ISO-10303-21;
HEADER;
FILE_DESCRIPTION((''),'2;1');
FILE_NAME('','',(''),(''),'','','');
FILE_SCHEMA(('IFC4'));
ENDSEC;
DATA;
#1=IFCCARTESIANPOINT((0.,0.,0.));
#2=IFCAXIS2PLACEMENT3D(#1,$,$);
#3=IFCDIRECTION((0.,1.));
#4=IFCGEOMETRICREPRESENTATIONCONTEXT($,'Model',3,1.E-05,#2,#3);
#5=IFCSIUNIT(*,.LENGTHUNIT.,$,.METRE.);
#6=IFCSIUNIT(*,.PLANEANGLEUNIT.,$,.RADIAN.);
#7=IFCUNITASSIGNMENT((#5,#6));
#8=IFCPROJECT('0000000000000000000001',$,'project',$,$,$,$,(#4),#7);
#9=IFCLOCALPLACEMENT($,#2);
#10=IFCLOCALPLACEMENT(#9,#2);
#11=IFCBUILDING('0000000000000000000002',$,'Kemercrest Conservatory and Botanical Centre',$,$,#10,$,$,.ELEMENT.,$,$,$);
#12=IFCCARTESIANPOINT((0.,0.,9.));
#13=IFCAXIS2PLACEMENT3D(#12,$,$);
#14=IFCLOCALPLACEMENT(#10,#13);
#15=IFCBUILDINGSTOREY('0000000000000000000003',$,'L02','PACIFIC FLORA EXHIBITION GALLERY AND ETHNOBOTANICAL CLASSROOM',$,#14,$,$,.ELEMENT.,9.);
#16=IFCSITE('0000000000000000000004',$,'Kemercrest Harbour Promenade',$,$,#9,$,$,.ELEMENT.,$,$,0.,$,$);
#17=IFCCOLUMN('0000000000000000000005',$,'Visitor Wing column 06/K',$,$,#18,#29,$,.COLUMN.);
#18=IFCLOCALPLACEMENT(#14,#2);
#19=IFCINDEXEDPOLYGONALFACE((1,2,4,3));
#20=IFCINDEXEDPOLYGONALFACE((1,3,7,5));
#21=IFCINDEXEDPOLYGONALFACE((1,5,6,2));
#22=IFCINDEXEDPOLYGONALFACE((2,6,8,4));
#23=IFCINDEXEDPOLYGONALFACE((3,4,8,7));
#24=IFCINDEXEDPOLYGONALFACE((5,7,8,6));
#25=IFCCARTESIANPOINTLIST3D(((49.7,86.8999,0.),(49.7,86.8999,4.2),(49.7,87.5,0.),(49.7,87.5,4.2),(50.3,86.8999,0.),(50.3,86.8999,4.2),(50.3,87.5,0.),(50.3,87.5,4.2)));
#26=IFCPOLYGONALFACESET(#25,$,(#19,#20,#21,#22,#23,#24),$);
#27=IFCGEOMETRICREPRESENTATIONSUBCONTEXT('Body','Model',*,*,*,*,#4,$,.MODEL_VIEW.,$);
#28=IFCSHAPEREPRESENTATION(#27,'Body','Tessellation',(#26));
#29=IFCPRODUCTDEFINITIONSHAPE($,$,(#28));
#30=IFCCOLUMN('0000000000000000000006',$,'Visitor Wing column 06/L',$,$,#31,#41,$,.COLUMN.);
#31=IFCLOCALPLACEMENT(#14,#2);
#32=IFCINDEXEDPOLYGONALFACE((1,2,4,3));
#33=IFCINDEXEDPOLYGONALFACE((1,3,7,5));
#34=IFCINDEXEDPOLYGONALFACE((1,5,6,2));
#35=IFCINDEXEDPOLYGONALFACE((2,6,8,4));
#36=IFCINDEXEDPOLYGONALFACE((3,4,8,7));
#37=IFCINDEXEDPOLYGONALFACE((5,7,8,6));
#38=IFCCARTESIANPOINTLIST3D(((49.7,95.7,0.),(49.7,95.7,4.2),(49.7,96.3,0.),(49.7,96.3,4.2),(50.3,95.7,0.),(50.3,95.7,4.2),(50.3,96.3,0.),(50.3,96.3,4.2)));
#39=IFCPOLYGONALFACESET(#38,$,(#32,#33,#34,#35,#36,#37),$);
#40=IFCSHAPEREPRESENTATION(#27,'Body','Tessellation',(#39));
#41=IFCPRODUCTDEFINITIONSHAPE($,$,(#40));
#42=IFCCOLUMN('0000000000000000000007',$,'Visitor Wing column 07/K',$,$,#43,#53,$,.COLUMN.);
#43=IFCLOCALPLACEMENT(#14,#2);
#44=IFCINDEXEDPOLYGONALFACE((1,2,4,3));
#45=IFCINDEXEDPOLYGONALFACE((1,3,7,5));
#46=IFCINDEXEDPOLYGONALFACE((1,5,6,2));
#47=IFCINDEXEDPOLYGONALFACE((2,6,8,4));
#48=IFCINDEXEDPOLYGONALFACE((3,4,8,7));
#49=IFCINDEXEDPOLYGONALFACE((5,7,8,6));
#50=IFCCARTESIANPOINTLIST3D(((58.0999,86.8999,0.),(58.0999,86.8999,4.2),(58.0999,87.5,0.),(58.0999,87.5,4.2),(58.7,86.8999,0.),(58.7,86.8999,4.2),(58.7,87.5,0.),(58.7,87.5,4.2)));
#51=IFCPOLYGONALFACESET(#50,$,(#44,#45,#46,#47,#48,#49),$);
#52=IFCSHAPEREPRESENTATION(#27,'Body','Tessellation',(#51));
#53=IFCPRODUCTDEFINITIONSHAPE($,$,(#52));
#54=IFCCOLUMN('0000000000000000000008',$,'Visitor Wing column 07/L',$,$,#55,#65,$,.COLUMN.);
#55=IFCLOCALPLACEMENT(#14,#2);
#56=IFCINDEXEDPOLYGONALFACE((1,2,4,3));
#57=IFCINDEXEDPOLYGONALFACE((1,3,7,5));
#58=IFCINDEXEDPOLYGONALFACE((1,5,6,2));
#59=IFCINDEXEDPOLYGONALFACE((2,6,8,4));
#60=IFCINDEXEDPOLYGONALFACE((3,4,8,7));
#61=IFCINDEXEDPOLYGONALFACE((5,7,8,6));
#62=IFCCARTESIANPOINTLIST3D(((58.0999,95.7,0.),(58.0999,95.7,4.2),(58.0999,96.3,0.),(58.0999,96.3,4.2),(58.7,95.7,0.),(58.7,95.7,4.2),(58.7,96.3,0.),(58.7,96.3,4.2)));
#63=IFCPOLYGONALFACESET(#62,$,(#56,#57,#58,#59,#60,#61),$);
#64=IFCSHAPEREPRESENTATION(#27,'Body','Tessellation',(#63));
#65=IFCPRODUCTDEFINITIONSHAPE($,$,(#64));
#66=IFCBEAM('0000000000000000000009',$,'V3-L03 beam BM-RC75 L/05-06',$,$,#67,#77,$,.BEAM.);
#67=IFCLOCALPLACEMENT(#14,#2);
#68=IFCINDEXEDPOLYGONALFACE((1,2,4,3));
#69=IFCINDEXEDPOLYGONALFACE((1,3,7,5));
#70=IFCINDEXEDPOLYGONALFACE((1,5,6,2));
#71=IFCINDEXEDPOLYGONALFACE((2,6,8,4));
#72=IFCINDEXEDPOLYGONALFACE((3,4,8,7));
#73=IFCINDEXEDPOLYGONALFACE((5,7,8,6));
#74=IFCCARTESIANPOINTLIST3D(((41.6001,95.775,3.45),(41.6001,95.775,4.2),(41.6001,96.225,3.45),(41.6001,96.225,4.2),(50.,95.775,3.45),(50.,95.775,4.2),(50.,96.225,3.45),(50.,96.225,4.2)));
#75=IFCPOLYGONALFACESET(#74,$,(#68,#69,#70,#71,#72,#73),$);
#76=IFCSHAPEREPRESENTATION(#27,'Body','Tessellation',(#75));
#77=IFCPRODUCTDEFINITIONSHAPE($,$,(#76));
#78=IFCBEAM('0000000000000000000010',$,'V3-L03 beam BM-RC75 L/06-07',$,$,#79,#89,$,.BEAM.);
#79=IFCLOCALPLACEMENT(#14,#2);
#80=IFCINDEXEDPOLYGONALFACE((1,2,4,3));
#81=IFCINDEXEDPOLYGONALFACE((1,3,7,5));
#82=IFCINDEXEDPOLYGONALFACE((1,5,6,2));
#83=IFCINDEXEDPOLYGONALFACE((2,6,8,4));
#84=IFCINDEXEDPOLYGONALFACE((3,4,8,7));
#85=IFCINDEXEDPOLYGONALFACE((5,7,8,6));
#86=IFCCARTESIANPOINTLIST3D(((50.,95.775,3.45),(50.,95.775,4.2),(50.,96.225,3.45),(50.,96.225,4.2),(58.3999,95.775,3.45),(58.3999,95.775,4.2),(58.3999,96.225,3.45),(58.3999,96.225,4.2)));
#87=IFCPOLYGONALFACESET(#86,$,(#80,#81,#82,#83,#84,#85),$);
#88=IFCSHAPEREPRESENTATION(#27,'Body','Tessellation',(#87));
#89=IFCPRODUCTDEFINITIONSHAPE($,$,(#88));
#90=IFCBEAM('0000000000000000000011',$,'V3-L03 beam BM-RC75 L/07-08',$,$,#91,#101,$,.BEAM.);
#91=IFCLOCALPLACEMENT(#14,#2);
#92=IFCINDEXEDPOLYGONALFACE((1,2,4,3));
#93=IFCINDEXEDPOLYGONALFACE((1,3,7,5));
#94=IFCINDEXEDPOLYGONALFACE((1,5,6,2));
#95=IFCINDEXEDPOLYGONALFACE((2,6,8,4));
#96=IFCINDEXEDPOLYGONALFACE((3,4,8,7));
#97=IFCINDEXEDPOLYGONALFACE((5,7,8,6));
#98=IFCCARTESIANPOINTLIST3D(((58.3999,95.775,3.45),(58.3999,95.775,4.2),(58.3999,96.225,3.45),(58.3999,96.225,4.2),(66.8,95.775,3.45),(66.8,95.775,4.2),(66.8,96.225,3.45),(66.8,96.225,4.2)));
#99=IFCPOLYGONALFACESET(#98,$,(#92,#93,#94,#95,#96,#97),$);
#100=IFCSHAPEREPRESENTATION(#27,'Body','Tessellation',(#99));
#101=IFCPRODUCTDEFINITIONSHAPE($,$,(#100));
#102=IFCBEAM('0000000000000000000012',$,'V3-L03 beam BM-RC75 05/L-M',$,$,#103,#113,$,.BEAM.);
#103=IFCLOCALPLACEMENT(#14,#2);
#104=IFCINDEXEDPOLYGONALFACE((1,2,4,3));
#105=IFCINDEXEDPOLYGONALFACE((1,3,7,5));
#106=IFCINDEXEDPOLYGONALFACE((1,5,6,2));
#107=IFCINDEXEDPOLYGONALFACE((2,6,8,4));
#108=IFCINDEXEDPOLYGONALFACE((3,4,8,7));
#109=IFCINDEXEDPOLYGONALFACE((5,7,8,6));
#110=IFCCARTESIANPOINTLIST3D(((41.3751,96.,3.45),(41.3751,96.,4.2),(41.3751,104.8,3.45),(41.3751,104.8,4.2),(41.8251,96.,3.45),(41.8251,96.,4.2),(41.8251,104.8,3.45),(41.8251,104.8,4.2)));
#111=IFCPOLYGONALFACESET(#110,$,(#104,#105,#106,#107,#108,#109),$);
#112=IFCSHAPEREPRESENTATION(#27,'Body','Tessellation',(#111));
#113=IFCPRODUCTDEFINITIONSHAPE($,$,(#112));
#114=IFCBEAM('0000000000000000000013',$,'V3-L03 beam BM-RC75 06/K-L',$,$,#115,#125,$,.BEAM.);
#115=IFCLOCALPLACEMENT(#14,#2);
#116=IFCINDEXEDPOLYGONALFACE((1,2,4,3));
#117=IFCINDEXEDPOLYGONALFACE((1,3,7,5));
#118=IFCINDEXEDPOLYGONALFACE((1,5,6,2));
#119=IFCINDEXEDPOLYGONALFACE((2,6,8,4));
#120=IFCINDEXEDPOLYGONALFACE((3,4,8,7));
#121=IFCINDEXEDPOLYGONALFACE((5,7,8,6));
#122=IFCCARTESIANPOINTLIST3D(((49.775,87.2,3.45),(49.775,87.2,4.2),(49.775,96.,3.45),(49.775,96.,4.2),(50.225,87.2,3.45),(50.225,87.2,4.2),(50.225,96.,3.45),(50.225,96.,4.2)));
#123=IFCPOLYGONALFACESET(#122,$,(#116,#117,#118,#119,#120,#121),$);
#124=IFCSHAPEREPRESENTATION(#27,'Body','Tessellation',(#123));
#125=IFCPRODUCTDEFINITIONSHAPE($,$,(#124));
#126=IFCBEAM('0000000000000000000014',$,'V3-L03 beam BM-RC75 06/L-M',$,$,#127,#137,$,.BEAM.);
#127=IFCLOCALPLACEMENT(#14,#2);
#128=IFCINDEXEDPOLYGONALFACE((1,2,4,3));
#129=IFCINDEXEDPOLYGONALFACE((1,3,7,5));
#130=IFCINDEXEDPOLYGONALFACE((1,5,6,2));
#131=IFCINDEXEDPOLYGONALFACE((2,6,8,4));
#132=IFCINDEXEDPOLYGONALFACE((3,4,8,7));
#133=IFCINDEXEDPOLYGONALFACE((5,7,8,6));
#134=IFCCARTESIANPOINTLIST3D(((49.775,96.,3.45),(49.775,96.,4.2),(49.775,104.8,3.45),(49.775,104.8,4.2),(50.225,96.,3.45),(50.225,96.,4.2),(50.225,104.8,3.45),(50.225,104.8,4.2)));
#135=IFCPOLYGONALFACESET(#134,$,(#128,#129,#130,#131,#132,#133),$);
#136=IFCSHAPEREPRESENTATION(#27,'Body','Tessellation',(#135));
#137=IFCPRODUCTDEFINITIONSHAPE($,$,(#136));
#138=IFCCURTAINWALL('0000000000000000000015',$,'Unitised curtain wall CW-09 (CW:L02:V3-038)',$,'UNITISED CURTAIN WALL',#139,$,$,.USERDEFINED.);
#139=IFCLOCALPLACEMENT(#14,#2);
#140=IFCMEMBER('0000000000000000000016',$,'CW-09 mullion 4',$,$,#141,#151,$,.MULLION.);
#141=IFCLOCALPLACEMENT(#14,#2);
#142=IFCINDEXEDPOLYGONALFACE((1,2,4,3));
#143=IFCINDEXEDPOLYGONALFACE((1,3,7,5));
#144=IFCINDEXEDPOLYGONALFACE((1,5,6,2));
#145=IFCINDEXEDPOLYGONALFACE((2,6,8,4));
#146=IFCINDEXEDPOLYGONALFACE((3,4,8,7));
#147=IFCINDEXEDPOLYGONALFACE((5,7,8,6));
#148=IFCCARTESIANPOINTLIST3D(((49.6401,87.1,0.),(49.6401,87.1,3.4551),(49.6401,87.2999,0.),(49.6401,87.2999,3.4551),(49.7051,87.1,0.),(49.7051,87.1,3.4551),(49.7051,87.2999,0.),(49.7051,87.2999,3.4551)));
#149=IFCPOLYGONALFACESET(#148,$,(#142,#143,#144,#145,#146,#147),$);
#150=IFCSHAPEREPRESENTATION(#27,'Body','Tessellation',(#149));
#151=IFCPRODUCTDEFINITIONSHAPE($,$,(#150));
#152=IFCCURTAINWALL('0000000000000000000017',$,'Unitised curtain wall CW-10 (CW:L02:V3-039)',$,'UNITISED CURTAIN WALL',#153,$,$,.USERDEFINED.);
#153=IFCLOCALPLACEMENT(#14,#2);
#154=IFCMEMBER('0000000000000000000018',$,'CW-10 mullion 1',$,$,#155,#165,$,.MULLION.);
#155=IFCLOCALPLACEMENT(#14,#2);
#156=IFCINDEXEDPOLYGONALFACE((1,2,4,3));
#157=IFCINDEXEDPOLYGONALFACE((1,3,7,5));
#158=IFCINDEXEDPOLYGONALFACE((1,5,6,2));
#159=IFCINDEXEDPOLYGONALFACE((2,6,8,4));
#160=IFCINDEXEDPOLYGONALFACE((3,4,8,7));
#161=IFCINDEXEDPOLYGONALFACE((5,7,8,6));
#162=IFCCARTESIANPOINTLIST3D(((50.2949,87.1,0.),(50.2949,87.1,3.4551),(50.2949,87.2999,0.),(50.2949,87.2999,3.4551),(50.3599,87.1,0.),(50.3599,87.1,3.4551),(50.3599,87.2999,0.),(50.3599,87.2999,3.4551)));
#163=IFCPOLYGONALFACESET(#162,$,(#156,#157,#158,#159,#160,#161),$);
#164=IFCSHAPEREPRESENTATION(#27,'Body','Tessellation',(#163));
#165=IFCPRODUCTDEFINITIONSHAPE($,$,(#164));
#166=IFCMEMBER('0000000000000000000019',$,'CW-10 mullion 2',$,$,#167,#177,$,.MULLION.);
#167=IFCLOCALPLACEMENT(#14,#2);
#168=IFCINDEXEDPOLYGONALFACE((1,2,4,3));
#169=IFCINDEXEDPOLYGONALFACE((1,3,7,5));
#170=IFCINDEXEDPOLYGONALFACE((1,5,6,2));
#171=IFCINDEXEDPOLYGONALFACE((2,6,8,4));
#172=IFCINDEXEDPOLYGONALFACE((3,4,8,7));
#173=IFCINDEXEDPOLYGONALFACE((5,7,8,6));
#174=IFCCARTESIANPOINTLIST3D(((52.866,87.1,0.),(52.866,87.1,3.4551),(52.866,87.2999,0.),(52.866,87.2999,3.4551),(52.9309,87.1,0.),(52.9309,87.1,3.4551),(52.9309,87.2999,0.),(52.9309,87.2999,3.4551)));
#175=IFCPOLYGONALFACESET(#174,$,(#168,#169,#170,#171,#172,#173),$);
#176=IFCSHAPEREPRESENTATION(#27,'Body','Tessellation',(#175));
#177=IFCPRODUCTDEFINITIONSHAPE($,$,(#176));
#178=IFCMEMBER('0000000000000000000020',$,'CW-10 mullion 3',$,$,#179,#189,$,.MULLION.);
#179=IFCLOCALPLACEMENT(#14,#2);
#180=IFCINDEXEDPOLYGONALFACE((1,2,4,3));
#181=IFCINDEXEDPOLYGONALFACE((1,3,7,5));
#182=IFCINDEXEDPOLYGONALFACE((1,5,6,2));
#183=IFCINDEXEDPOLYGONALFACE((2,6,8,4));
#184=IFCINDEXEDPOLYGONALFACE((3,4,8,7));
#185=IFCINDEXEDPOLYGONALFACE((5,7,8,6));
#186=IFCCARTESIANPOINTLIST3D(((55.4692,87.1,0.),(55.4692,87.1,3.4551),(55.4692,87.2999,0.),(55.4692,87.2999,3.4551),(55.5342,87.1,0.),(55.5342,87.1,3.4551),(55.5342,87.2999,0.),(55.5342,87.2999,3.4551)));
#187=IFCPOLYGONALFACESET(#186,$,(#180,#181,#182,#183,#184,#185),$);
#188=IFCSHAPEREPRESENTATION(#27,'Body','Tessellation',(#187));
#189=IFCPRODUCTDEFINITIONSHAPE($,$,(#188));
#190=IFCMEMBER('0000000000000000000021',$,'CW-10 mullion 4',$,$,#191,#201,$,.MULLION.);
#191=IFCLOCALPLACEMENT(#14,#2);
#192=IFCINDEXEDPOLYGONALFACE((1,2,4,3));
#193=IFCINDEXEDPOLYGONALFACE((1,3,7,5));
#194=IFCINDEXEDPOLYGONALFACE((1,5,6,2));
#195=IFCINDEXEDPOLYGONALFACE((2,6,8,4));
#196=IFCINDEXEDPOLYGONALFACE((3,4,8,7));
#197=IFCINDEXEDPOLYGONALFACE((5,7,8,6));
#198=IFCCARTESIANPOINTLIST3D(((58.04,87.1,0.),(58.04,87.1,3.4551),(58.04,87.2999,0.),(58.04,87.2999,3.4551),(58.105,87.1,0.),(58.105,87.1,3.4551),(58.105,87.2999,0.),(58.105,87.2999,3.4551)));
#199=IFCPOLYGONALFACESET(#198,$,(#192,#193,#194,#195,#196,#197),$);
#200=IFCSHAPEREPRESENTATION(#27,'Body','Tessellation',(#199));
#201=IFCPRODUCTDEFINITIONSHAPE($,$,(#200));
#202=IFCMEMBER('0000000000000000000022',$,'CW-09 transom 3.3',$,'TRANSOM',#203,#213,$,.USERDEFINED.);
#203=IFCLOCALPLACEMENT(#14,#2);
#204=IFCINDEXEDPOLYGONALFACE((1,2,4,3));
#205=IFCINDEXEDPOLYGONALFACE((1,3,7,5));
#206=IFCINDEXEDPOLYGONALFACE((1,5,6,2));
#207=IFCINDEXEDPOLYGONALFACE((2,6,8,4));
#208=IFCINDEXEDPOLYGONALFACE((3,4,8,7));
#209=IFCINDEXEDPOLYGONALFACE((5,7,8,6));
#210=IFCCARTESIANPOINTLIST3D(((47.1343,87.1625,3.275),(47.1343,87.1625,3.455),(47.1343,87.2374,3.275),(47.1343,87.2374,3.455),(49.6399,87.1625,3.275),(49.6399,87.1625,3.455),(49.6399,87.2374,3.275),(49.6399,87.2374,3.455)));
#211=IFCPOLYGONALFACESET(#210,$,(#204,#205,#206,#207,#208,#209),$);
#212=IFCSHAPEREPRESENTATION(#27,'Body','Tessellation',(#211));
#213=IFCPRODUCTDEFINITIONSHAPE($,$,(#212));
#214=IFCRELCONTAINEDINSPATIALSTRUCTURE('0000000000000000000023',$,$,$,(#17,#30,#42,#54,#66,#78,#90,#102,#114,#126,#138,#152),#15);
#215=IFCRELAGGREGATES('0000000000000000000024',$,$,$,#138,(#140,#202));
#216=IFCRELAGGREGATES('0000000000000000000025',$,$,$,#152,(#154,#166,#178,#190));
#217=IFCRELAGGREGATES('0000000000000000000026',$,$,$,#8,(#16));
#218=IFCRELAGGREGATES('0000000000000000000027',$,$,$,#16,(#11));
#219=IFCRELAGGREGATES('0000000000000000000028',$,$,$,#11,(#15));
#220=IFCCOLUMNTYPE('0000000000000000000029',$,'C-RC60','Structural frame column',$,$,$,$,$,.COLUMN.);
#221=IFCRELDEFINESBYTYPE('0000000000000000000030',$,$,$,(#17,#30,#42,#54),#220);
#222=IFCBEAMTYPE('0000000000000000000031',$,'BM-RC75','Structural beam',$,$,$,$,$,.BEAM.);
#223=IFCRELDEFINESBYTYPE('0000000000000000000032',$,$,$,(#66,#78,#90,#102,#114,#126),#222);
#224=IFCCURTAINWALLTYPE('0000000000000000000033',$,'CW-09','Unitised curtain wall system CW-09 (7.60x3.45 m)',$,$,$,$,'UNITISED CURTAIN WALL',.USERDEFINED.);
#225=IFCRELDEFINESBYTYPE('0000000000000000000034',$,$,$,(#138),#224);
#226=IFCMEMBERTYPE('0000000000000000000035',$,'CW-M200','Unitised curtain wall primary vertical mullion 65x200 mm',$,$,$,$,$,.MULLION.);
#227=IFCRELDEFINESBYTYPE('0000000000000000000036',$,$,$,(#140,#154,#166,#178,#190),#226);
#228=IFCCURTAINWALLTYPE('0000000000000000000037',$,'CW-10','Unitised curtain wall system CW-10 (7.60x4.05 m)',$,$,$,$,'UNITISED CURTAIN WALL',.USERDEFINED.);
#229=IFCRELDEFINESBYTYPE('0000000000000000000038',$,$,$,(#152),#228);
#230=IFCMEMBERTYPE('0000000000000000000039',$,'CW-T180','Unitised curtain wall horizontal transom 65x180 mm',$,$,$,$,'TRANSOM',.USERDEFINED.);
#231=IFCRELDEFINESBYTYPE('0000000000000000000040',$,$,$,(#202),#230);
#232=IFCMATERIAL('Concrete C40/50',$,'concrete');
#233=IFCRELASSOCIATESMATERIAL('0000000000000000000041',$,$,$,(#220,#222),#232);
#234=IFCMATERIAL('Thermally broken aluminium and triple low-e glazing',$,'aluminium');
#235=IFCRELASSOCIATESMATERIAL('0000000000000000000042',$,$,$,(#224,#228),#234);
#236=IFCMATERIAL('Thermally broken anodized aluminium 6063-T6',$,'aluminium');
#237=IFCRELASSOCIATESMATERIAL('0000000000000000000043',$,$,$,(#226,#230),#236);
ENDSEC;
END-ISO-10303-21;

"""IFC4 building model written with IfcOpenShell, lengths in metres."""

from ifc_helpers import new_model, si_unit, direction, frame, origin, origin_2d, place, context, subcontext, project, spatial, rectangle, extrude, material, material_profile, profile_set, type_object, element, aggregate, save


model = new_model("IFC4")

# Units and contexts
model_context = context("Model", 3, precision=1e-05, world=origin(), true_north=direction((0.0, 1.0)))
body_context = subcontext(model_context, "Body", "Model", "MODEL_VIEW")
ifc_project = project(units=[si_unit("LENGTHUNIT", "METRE"), si_unit("PLANEANGLEUNIT", "RADIAN")], contexts=[model_context])

# Site, building, storey
site_placement = place(None, origin())
site = spatial("IfcSite", under=ifc_project, at=site_placement, Name="Kemercrest Harbour Promenade", CompositionType="ELEMENT", RefElevation=0.0)
building_placement = place(site_placement, origin())
building = spatial("IfcBuilding", under=site, at=building_placement, Name="Kemercrest Conservatory and Botanical Centre", CompositionType="ELEMENT")
storey_placement = place(building_placement, frame((0.0, 0.0, 9.0)))
storey = spatial("IfcBuildingStorey", under=building, at=storey_placement, Name="L02", Description="PACIFIC FLORA EXHIBITION GALLERY AND ETHNOBOTANICAL CLASSROOM", CompositionType="ELEMENT", Elevation=9.0)

# Columns
ifc_material_1 = material(Name="Concrete C40/50", Category="concrete")
ifc_material_profile_1 = material_profile(ifc_material_1, rectangle(XDim=0.6001, YDim=0.6001, at=origin_2d()), Name="RC 600x600")
ifc_profile_set_1 = profile_set([ifc_material_profile_1], Name="Concrete C40/50")
column_type = type_object("IfcColumnType", Name="C-RC60", Description="Structural frame column", PredefinedType="COLUMN", material=ifc_profile_set_1)
for number, where, z_axis, x_axis, name in (
    (1, (50.0, 87.2, 0.0), (0.0, 0.0, 1.0), (1.0, 0.0, 0.0), "Visitor Wing column 06/K"),
    (2, (50.0, 96.0, 0.0), (0.0, 0.0, 1.0), (1.0, 0.0, 0.0), "Visitor Wing column 06/L"),
    (3, (58.3999, 87.2, 0.0), (0.0, 0.0, 1.0), (1.0, 0.0, 0.0), "Visitor Wing column 07/K"),
    (4, (58.3999, 96.0, 0.0), (0.0, 0.0, 1.0), (1.0, 0.0, 0.0), "Visitor Wing column 07/L"),
):
    element("IfcColumn", number, at=place(storey_placement, frame(where, z_axis=z_axis, x_axis=x_axis)), inside=storey, type_object=column_type, Name=name, PredefinedType="COLUMN", context=body_context, shape_type="SweptSolid", body=[
        extrude(rectangle(XDim=0.6001, YDim=0.6001, at=origin_2d()), origin(), (0.0, 0.0, 1.0), 4.2),
    ])

# Beams
ifc_material_profile_2 = material_profile(ifc_material_1, rectangle(XDim=0.45, YDim=0.75, at=origin_2d()), Name="RC 450x750")
ifc_profile_set_2 = profile_set([ifc_material_profile_2], Name="Concrete C40/50")
beam_type_1 = type_object("IfcBeamType", Name="BM-RC75", Description="Structural beam", PredefinedType="BEAM", material=ifc_profile_set_2)
for number, where, z_axis, x_axis, name in (
    (5, (41.6001, 96.0, 3.825), (1.0, 0.0, 0.0), (0.0, 1.0, 0.0), "V3-L03 beam BM-RC75 L/05-06"),
    (6, (50.0, 96.0, 3.825), (1.0, 0.0, 0.0), (0.0, 1.0, 0.0), "V3-L03 beam BM-RC75 L/06-07"),
):
    element("IfcBeam", number, at=place(storey_placement, frame(where, z_axis=z_axis, x_axis=x_axis)), inside=storey, type_object=beam_type_1, Name=name, PredefinedType="BEAM", context=body_context, shape_type="SweptSolid", body=[
        extrude(rectangle(XDim=0.45, YDim=0.75, at=origin_2d()), origin(), (0.0, 0.0, 1.0), 8.3999),
    ])
beam_1_placement = place(storey_placement, frame((58.3999, 96.0, 3.825), z_axis=(1.0, 0.0, 0.0), x_axis=(0.0, 1.0, 0.0)))
element("IfcBeam", 7, at=beam_1_placement, inside=storey, type_object=beam_type_1, Name="V3-L03 beam BM-RC75 L/07-08", PredefinedType="BEAM", context=body_context, shape_type="SweptSolid", body=[
    extrude(rectangle(XDim=0.45, YDim=0.75, at=origin_2d()), origin(), (0.0, 0.0, 1.0), 8.4001),
])
for number, where, z_axis, x_axis, name in (
    (8, (41.6001, 96.0, 3.825), (0.0, 1.0, 0.0), (-1.0, 0.0, 0.0), "V3-L03 beam BM-RC75 05/L-M"),
    (9, (50.0, 87.2, 3.825), (0.0, 1.0, 0.0), (-1.0, 0.0, 0.0), "V3-L03 beam BM-RC75 06/K-L"),
    (10, (50.0, 96.0, 3.825), (0.0, 1.0, 0.0), (-1.0, 0.0, 0.0), "V3-L03 beam BM-RC75 06/L-M"),
):
    element("IfcBeam", number, at=place(storey_placement, frame(where, z_axis=z_axis, x_axis=x_axis)), inside=storey, type_object=beam_type_1, Name=name, PredefinedType="BEAM", context=body_context, shape_type="SweptSolid", body=[
        extrude(rectangle(XDim=0.45, YDim=0.75, at=origin_2d()), origin(), (0.0, 0.0, 1.0), 8.8),
    ])

# Curtain wall, member
ifc_material_2 = material(Name="Thermally broken aluminium and triple low-e glazing", Category="aluminium")
curtain_wall_type_1 = type_object("IfcCurtainWallType", Name="CW-09", Description="Unitised curtain wall system CW-09 (7.60x3.45 m)", ElementType="UNITISED CURTAIN WALL", PredefinedType="USERDEFINED", material=ifc_material_2)
curtain_wall_1_placement = place(storey_placement, origin())
curtain_wall_1 = element("IfcCurtainWall", 11, at=curtain_wall_1_placement, inside=storey, type_object=curtain_wall_type_1, Name="Unitised curtain wall CW-09 (CW:L02:V3-038)", ObjectType="UNITISED CURTAIN WALL", PredefinedType="USERDEFINED")
ifc_material_3 = material(Name="Thermally broken anodized aluminium 6063-T6", Category="aluminium")
ifc_material_profile_3 = material_profile(ifc_material_3, rectangle(XDim=0.2, YDim=0.0649, at=origin_2d()), Name="AL MULLION 65x200")
ifc_profile_set_3 = profile_set([ifc_material_profile_3], Name="Thermally broken anodized aluminium 6063-T6")
member_type_1 = type_object("IfcMemberType", Name="CW-M200", Description="Unitised curtain wall primary vertical mullion 65x200 mm", PredefinedType="MULLION", material=ifc_profile_set_3)
member_1_placement = place(storey_placement, frame((49.6726, 87.2, 0.0), z_axis=(0.0, 0.0, 1.0), x_axis=(0.0, 1.0, 0.0)))
member_1 = element("IfcMember", 12, at=member_1_placement, type_object=member_type_1, Name="CW-09 mullion 4", PredefinedType="MULLION", context=body_context, shape_type="SweptSolid", body=[
    extrude(rectangle(XDim=0.2, YDim=0.0649, at=origin_2d()), origin(), (0.0, 0.0, 1.0), 3.4551),
])

# Curtain wall, members
curtain_wall_type_2 = type_object("IfcCurtainWallType", Name="CW-10", Description="Unitised curtain wall system CW-10 (7.60x4.05 m)", ElementType="UNITISED CURTAIN WALL", PredefinedType="USERDEFINED", material=ifc_material_2)
curtain_wall_2_placement = place(storey_placement, origin())
curtain_wall_2 = element("IfcCurtainWall", 13, at=curtain_wall_2_placement, inside=storey, type_object=curtain_wall_type_2, Name="Unitised curtain wall CW-10 (CW:L02:V3-039)", ObjectType="UNITISED CURTAIN WALL", PredefinedType="USERDEFINED")
member_2_placement = place(storey_placement, frame((50.3274, 87.2, 0.0), z_axis=(0.0, 0.0, 1.0), x_axis=(0.0, 1.0, 0.0)))
member_2 = element("IfcMember", 14, at=member_2_placement, type_object=member_type_1, Name="CW-10 mullion 1", PredefinedType="MULLION", context=body_context, shape_type="SweptSolid", body=[
    extrude(rectangle(XDim=0.2, YDim=0.0649, at=origin_2d()), origin(), (0.0, 0.0, 1.0), 3.4551),
])
member_3_placement = place(storey_placement, frame((52.8984, 87.2, 0.0), z_axis=(0.0, 0.0, 1.0), x_axis=(0.0, 1.0, 0.0)))
member_3 = element("IfcMember", 15, at=member_3_placement, type_object=member_type_1, Name="CW-10 mullion 2", PredefinedType="MULLION", context=body_context, shape_type="SweptSolid", body=[
    extrude(rectangle(XDim=0.2, YDim=0.0649, at=origin_2d()), origin(), (0.0, 0.0, 1.0), 3.4551),
])
member_4_placement = place(storey_placement, frame((55.5017, 87.2, 0.0), z_axis=(0.0, 0.0, 1.0), x_axis=(0.0, 1.0, 0.0)))
member_4 = element("IfcMember", 16, at=member_4_placement, type_object=member_type_1, Name="CW-10 mullion 3", PredefinedType="MULLION", context=body_context, shape_type="SweptSolid", body=[
    extrude(rectangle(XDim=0.2, YDim=0.0649, at=origin_2d()), origin(), (0.0, 0.0, 1.0), 3.4551),
])
member_5_placement = place(storey_placement, frame((58.0725, 87.2, 0.0), z_axis=(0.0, 0.0, 1.0), x_axis=(0.0, 1.0, 0.0)))
member_5 = element("IfcMember", 17, at=member_5_placement, type_object=member_type_1, Name="CW-10 mullion 4", PredefinedType="MULLION", context=body_context, shape_type="SweptSolid", body=[
    extrude(rectangle(XDim=0.2, YDim=0.0649, at=origin_2d()), origin(), (0.0, 0.0, 1.0), 3.4551),
])

# Member
ifc_material_profile_4 = material_profile(ifc_material_3, rectangle(XDim=0.075, YDim=0.1799, at=origin_2d()), Name="AL TRANSOM 75x180")
ifc_profile_set_4 = profile_set([ifc_material_profile_4], Name="Thermally broken anodized aluminium 6063-T6")
member_type_2 = type_object("IfcMemberType", Name="CW-T180", Description="Unitised curtain wall horizontal transom 65x180 mm", ElementType="TRANSOM", PredefinedType="USERDEFINED", material=ifc_profile_set_4)
member_6_placement = place(storey_placement, frame((47.1343, 87.2, 3.365), z_axis=(1.0, 0.0, 0.0), x_axis=(0.0, 1.0, 0.0)))
member_6 = element("IfcMember", 18, at=member_6_placement, type_object=member_type_2, Name="CW-09 transom 3.3", ObjectType="TRANSOM", PredefinedType="USERDEFINED", context=body_context, shape_type="SweptSolid", body=[
    extrude(rectangle(XDim=0.075, YDim=0.1799, at=origin_2d()), origin(), (0.0, 0.0, 1.0), 2.5056),
])

aggregate(curtain_wall_1, [member_1, member_6])
aggregate(curtain_wall_2, [member_2, member_3, member_4, member_5])

save(model, "model.ifc")
